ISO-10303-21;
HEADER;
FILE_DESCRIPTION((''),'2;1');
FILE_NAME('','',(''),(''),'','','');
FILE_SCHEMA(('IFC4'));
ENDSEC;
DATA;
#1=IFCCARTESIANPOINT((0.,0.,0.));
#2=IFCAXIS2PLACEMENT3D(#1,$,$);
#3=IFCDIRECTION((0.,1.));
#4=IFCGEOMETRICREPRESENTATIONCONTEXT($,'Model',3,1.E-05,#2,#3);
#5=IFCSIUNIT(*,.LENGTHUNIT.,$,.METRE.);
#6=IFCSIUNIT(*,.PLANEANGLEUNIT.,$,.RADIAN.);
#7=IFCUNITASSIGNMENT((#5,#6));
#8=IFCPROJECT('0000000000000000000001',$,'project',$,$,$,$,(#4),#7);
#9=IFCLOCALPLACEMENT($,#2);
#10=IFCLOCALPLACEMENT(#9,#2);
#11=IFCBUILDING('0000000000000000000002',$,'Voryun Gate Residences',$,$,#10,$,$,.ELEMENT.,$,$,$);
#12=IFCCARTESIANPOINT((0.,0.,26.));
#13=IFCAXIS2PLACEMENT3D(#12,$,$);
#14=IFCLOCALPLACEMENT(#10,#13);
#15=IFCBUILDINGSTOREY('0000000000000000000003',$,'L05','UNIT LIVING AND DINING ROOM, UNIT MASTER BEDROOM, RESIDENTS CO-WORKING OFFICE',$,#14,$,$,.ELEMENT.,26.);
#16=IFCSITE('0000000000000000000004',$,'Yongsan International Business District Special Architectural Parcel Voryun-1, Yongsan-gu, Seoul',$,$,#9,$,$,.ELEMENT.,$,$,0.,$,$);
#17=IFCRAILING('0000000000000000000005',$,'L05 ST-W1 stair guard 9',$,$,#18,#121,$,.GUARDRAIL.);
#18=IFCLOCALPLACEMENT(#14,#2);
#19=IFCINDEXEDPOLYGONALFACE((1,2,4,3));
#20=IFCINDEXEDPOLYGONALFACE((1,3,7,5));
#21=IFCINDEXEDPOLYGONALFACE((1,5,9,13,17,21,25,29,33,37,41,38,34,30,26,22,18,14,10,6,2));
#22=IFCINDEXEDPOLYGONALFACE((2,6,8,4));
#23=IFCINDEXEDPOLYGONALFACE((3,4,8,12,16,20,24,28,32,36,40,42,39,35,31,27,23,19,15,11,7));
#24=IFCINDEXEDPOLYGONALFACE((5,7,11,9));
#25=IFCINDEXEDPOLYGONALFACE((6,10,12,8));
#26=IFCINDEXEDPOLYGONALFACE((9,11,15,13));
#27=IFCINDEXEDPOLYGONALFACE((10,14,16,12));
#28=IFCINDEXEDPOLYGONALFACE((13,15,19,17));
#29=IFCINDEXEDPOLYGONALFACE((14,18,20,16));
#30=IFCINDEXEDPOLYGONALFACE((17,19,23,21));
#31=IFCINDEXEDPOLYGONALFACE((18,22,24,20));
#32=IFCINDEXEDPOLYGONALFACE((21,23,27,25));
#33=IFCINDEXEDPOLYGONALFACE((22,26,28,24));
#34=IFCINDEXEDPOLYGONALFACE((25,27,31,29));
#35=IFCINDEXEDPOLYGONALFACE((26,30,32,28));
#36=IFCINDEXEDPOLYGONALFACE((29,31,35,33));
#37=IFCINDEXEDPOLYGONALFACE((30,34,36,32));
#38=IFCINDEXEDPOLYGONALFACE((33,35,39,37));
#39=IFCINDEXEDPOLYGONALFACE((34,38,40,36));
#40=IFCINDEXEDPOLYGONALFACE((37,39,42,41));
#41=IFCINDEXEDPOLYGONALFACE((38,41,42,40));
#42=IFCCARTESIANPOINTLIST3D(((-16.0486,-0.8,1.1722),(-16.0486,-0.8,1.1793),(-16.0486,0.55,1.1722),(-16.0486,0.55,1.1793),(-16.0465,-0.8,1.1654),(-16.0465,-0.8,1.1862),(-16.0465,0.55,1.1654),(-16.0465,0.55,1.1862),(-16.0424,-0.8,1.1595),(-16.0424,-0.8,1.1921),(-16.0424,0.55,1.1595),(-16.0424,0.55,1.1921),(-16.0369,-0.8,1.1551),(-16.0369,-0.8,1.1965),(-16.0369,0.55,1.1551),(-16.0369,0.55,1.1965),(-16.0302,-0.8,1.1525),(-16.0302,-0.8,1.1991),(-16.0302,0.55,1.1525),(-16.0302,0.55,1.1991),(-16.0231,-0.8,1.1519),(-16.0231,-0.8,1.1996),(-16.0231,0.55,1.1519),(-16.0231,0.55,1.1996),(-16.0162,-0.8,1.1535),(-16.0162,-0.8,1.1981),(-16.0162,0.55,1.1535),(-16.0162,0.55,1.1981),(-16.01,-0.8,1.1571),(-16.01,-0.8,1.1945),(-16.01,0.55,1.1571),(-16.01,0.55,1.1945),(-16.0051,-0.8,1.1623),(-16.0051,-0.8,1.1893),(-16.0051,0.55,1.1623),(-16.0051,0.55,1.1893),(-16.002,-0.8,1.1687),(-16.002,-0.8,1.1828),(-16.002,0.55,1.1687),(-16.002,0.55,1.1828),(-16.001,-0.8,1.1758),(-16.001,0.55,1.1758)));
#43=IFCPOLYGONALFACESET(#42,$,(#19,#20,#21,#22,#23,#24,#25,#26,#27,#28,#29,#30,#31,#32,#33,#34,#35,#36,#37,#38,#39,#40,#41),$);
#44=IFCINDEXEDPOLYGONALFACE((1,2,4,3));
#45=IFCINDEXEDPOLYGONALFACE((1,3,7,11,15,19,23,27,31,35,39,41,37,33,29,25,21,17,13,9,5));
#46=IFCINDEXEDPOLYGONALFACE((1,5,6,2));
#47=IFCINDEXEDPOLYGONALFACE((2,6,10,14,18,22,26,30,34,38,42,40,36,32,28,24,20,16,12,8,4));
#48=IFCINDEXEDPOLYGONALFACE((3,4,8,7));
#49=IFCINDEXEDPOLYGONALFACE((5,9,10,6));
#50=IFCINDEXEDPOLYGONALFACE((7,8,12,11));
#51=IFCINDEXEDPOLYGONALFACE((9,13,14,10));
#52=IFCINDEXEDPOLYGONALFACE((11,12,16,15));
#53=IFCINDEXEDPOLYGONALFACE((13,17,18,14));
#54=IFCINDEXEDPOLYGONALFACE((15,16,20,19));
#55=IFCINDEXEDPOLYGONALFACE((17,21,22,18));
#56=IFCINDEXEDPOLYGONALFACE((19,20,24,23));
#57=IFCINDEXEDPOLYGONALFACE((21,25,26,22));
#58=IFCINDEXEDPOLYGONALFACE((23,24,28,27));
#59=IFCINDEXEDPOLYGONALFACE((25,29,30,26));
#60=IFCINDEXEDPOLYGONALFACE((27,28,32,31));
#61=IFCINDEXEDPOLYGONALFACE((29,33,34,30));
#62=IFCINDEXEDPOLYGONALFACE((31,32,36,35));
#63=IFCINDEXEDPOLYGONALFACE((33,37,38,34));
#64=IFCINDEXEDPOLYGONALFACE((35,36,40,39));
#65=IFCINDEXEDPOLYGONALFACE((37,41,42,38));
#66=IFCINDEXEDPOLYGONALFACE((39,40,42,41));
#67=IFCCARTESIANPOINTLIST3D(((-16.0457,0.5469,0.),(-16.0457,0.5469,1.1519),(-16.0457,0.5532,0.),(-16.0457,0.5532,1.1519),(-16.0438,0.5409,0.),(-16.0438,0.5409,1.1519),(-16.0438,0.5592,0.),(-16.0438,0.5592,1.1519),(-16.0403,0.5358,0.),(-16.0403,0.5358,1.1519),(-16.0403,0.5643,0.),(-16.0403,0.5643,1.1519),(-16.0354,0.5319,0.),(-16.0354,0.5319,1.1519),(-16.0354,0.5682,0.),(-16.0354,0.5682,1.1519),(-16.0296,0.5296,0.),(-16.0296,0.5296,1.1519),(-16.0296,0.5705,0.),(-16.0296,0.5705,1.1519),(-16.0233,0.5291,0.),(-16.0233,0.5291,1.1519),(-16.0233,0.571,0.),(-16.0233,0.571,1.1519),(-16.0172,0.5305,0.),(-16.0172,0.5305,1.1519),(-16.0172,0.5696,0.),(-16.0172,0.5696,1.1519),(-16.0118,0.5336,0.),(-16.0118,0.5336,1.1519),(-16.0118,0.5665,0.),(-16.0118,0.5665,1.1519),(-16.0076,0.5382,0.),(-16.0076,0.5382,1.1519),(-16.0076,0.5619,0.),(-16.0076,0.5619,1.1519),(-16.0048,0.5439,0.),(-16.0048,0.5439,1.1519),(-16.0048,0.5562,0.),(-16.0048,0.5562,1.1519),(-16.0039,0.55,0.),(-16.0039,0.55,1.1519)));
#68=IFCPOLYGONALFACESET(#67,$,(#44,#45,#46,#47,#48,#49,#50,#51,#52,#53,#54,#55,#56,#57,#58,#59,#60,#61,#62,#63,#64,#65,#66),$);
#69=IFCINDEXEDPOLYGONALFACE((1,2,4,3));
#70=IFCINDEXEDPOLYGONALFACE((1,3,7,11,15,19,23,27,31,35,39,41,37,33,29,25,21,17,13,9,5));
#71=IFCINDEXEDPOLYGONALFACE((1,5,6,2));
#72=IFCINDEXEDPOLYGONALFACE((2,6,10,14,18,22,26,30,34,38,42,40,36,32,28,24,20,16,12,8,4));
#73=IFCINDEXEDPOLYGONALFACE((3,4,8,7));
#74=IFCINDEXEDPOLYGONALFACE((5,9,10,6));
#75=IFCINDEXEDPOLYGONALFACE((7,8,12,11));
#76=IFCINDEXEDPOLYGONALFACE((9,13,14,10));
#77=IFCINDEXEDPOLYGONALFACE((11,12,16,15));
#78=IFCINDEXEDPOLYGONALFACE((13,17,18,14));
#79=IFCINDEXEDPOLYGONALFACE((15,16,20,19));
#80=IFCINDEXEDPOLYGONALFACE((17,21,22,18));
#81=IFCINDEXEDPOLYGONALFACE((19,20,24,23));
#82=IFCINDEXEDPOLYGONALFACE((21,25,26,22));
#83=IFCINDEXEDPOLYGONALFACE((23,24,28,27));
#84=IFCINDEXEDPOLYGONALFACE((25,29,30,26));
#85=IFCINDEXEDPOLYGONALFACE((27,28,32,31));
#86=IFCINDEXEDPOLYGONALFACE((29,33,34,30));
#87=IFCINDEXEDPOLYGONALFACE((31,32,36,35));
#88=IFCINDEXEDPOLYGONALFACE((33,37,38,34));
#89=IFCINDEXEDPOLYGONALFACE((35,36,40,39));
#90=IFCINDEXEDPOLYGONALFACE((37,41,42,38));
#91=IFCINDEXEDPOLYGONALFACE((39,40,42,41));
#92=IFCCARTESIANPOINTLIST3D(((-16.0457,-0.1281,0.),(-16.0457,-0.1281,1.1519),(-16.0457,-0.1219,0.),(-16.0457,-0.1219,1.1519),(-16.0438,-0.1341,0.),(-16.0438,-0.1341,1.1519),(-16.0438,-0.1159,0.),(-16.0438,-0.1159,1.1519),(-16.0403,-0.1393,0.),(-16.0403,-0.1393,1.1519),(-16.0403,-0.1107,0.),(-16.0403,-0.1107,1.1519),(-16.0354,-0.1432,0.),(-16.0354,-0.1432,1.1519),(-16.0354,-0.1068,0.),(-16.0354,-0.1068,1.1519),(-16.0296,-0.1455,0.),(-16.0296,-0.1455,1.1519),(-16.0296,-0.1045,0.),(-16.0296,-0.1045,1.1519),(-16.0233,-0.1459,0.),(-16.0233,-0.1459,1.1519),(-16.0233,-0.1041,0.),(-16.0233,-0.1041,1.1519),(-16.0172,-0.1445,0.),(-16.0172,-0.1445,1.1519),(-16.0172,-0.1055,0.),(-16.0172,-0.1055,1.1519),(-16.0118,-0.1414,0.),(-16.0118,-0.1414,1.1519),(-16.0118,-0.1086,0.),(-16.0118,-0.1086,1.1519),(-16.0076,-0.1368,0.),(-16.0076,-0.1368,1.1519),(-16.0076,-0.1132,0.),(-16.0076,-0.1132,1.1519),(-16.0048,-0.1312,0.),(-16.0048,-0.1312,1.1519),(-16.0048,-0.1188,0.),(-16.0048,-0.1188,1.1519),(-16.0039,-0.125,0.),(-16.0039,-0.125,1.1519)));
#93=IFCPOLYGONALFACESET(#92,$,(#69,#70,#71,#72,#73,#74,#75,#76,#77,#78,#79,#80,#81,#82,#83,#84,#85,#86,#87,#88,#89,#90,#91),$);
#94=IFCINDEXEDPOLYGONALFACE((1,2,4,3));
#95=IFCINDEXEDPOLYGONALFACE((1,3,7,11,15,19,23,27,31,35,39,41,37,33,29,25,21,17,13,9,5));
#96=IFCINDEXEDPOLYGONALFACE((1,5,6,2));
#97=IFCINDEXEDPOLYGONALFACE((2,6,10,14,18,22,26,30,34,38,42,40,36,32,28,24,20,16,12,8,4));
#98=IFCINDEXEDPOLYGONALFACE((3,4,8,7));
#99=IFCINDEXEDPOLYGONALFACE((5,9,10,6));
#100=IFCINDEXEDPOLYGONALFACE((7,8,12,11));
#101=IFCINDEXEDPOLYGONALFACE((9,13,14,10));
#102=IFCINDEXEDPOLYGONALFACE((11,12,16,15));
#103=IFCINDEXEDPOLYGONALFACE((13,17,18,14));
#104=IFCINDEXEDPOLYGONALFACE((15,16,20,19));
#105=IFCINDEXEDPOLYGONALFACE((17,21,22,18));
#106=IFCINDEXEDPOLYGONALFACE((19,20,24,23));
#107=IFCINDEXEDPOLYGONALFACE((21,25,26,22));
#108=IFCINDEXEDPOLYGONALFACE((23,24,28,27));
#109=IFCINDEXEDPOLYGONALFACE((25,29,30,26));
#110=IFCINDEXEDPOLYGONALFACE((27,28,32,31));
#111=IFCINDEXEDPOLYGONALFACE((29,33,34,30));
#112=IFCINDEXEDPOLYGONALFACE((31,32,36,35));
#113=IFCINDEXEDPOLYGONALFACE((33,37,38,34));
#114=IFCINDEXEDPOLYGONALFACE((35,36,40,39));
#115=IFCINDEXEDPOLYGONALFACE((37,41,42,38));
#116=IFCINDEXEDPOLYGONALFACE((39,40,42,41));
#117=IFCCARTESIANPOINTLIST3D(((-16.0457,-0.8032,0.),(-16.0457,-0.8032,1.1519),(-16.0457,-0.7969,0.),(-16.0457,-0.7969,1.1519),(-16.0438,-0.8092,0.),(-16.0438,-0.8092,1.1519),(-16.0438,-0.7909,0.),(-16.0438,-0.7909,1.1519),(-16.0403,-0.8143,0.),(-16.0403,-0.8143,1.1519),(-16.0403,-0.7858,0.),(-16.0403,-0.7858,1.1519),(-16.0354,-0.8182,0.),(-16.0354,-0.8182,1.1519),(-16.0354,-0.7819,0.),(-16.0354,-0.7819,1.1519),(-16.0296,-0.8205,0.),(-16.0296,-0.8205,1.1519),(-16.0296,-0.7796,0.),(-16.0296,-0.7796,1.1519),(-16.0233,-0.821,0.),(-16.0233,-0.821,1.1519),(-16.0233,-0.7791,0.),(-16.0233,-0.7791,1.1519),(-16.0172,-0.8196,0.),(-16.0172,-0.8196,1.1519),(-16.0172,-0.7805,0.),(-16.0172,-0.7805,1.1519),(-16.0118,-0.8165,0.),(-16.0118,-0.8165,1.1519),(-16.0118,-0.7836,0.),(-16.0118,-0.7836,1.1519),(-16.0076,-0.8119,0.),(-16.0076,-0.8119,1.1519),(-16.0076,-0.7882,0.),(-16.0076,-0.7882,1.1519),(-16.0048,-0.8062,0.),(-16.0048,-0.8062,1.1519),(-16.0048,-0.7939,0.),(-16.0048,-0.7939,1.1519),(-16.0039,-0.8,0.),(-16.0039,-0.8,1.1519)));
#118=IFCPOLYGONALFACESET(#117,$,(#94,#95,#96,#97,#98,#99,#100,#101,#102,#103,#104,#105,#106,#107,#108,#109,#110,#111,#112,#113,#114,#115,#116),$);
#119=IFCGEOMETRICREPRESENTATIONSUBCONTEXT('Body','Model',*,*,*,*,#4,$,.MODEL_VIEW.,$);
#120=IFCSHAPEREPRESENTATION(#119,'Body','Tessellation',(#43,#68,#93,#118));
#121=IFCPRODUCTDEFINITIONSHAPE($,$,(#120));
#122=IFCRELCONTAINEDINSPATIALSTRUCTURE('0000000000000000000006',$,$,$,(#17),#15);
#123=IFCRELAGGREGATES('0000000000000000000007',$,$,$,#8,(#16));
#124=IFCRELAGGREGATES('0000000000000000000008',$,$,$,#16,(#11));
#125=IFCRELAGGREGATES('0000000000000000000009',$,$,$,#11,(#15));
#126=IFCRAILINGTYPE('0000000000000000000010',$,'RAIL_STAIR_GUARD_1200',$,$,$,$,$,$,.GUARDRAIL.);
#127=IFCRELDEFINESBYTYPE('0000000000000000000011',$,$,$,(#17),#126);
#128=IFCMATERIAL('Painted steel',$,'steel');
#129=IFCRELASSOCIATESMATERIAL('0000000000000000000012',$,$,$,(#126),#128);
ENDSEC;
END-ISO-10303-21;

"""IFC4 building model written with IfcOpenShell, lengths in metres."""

from ifc_helpers import new_model, si_unit, direction, frame, origin, origin_2d, place, context, subcontext, project, spatial, circle, extrude, material, type_object, element, save


model = new_model("IFC4")

# Units and contexts
model_context = context("Model", 3, precision=1e-05, world=origin(), true_north=direction((0.0, 1.0)))
body_context = subcontext(model_context, "Body", "Model", "MODEL_VIEW")
ifc_project = project(units=[si_unit("LENGTHUNIT", "METRE"), si_unit("PLANEANGLEUNIT", "RADIAN")], contexts=[model_context])

# Site, building, storey
site_placement = place(None, origin())
site = spatial("IfcSite", under=ifc_project, at=site_placement, Name="Yongsan International Business District Special Architectural Parcel Voryun-1, Yongsan-gu, Seoul", CompositionType="ELEMENT", RefElevation=0.0)
building_placement = place(site_placement, origin())
building = spatial("IfcBuilding", under=site, at=building_placement, Name="Voryun Gate Residences", CompositionType="ELEMENT")
storey_placement = place(building_placement, frame((0.0, 0.0, 26.0)))
storey = spatial("IfcBuildingStorey", under=building, at=storey_placement, Name="L05", Description="UNIT LIVING AND DINING ROOM, UNIT MASTER BEDROOM, RESIDENTS CO-WORKING OFFICE", CompositionType="ELEMENT", Elevation=26.0)

# Railing
ifc_material_1 = material(Name="Painted steel", Category="steel")
railing_type = type_object("IfcRailingType", Name="RAIL_STAIR_GUARD_1200", PredefinedType="GUARDRAIL", material=ifc_material_1)
for number, where, name in (
    (1, (-16.0249, 0.55, 0.0), "L05 ST-W1 stair guard 9"),
):
    element("IfcRailing", number, at=place(storey_placement, frame(where)), inside=storey, type_object=railing_type, Name=name, PredefinedType="GUARDRAIL", context=body_context, shape_type="SweptSolid", body=[
        extrude(circle(Radius=0.0239, at=origin_2d()), frame((0.0, 0.0, 1.1758), z_axis=(0.0, -1.0, 0.0), x_axis=(1.0, 0.0, 0.0)), (0.0, 0.0, 1.0), 1.3501),
        extrude(circle(Radius=0.021, at=origin_2d()), origin(), (0.0, 0.0, 1.0), 1.1519),
        extrude(circle(Radius=0.021, at=origin_2d()), frame((0.0, -0.675, 0.0)), (0.0, 0.0, 1.0), 1.1519),
        extrude(circle(Radius=0.021, at=origin_2d()), frame((0.0, -1.3501, 0.0)), (0.0, 0.0, 1.0), 1.1519),
    ])

save(model, "model.ifc")
